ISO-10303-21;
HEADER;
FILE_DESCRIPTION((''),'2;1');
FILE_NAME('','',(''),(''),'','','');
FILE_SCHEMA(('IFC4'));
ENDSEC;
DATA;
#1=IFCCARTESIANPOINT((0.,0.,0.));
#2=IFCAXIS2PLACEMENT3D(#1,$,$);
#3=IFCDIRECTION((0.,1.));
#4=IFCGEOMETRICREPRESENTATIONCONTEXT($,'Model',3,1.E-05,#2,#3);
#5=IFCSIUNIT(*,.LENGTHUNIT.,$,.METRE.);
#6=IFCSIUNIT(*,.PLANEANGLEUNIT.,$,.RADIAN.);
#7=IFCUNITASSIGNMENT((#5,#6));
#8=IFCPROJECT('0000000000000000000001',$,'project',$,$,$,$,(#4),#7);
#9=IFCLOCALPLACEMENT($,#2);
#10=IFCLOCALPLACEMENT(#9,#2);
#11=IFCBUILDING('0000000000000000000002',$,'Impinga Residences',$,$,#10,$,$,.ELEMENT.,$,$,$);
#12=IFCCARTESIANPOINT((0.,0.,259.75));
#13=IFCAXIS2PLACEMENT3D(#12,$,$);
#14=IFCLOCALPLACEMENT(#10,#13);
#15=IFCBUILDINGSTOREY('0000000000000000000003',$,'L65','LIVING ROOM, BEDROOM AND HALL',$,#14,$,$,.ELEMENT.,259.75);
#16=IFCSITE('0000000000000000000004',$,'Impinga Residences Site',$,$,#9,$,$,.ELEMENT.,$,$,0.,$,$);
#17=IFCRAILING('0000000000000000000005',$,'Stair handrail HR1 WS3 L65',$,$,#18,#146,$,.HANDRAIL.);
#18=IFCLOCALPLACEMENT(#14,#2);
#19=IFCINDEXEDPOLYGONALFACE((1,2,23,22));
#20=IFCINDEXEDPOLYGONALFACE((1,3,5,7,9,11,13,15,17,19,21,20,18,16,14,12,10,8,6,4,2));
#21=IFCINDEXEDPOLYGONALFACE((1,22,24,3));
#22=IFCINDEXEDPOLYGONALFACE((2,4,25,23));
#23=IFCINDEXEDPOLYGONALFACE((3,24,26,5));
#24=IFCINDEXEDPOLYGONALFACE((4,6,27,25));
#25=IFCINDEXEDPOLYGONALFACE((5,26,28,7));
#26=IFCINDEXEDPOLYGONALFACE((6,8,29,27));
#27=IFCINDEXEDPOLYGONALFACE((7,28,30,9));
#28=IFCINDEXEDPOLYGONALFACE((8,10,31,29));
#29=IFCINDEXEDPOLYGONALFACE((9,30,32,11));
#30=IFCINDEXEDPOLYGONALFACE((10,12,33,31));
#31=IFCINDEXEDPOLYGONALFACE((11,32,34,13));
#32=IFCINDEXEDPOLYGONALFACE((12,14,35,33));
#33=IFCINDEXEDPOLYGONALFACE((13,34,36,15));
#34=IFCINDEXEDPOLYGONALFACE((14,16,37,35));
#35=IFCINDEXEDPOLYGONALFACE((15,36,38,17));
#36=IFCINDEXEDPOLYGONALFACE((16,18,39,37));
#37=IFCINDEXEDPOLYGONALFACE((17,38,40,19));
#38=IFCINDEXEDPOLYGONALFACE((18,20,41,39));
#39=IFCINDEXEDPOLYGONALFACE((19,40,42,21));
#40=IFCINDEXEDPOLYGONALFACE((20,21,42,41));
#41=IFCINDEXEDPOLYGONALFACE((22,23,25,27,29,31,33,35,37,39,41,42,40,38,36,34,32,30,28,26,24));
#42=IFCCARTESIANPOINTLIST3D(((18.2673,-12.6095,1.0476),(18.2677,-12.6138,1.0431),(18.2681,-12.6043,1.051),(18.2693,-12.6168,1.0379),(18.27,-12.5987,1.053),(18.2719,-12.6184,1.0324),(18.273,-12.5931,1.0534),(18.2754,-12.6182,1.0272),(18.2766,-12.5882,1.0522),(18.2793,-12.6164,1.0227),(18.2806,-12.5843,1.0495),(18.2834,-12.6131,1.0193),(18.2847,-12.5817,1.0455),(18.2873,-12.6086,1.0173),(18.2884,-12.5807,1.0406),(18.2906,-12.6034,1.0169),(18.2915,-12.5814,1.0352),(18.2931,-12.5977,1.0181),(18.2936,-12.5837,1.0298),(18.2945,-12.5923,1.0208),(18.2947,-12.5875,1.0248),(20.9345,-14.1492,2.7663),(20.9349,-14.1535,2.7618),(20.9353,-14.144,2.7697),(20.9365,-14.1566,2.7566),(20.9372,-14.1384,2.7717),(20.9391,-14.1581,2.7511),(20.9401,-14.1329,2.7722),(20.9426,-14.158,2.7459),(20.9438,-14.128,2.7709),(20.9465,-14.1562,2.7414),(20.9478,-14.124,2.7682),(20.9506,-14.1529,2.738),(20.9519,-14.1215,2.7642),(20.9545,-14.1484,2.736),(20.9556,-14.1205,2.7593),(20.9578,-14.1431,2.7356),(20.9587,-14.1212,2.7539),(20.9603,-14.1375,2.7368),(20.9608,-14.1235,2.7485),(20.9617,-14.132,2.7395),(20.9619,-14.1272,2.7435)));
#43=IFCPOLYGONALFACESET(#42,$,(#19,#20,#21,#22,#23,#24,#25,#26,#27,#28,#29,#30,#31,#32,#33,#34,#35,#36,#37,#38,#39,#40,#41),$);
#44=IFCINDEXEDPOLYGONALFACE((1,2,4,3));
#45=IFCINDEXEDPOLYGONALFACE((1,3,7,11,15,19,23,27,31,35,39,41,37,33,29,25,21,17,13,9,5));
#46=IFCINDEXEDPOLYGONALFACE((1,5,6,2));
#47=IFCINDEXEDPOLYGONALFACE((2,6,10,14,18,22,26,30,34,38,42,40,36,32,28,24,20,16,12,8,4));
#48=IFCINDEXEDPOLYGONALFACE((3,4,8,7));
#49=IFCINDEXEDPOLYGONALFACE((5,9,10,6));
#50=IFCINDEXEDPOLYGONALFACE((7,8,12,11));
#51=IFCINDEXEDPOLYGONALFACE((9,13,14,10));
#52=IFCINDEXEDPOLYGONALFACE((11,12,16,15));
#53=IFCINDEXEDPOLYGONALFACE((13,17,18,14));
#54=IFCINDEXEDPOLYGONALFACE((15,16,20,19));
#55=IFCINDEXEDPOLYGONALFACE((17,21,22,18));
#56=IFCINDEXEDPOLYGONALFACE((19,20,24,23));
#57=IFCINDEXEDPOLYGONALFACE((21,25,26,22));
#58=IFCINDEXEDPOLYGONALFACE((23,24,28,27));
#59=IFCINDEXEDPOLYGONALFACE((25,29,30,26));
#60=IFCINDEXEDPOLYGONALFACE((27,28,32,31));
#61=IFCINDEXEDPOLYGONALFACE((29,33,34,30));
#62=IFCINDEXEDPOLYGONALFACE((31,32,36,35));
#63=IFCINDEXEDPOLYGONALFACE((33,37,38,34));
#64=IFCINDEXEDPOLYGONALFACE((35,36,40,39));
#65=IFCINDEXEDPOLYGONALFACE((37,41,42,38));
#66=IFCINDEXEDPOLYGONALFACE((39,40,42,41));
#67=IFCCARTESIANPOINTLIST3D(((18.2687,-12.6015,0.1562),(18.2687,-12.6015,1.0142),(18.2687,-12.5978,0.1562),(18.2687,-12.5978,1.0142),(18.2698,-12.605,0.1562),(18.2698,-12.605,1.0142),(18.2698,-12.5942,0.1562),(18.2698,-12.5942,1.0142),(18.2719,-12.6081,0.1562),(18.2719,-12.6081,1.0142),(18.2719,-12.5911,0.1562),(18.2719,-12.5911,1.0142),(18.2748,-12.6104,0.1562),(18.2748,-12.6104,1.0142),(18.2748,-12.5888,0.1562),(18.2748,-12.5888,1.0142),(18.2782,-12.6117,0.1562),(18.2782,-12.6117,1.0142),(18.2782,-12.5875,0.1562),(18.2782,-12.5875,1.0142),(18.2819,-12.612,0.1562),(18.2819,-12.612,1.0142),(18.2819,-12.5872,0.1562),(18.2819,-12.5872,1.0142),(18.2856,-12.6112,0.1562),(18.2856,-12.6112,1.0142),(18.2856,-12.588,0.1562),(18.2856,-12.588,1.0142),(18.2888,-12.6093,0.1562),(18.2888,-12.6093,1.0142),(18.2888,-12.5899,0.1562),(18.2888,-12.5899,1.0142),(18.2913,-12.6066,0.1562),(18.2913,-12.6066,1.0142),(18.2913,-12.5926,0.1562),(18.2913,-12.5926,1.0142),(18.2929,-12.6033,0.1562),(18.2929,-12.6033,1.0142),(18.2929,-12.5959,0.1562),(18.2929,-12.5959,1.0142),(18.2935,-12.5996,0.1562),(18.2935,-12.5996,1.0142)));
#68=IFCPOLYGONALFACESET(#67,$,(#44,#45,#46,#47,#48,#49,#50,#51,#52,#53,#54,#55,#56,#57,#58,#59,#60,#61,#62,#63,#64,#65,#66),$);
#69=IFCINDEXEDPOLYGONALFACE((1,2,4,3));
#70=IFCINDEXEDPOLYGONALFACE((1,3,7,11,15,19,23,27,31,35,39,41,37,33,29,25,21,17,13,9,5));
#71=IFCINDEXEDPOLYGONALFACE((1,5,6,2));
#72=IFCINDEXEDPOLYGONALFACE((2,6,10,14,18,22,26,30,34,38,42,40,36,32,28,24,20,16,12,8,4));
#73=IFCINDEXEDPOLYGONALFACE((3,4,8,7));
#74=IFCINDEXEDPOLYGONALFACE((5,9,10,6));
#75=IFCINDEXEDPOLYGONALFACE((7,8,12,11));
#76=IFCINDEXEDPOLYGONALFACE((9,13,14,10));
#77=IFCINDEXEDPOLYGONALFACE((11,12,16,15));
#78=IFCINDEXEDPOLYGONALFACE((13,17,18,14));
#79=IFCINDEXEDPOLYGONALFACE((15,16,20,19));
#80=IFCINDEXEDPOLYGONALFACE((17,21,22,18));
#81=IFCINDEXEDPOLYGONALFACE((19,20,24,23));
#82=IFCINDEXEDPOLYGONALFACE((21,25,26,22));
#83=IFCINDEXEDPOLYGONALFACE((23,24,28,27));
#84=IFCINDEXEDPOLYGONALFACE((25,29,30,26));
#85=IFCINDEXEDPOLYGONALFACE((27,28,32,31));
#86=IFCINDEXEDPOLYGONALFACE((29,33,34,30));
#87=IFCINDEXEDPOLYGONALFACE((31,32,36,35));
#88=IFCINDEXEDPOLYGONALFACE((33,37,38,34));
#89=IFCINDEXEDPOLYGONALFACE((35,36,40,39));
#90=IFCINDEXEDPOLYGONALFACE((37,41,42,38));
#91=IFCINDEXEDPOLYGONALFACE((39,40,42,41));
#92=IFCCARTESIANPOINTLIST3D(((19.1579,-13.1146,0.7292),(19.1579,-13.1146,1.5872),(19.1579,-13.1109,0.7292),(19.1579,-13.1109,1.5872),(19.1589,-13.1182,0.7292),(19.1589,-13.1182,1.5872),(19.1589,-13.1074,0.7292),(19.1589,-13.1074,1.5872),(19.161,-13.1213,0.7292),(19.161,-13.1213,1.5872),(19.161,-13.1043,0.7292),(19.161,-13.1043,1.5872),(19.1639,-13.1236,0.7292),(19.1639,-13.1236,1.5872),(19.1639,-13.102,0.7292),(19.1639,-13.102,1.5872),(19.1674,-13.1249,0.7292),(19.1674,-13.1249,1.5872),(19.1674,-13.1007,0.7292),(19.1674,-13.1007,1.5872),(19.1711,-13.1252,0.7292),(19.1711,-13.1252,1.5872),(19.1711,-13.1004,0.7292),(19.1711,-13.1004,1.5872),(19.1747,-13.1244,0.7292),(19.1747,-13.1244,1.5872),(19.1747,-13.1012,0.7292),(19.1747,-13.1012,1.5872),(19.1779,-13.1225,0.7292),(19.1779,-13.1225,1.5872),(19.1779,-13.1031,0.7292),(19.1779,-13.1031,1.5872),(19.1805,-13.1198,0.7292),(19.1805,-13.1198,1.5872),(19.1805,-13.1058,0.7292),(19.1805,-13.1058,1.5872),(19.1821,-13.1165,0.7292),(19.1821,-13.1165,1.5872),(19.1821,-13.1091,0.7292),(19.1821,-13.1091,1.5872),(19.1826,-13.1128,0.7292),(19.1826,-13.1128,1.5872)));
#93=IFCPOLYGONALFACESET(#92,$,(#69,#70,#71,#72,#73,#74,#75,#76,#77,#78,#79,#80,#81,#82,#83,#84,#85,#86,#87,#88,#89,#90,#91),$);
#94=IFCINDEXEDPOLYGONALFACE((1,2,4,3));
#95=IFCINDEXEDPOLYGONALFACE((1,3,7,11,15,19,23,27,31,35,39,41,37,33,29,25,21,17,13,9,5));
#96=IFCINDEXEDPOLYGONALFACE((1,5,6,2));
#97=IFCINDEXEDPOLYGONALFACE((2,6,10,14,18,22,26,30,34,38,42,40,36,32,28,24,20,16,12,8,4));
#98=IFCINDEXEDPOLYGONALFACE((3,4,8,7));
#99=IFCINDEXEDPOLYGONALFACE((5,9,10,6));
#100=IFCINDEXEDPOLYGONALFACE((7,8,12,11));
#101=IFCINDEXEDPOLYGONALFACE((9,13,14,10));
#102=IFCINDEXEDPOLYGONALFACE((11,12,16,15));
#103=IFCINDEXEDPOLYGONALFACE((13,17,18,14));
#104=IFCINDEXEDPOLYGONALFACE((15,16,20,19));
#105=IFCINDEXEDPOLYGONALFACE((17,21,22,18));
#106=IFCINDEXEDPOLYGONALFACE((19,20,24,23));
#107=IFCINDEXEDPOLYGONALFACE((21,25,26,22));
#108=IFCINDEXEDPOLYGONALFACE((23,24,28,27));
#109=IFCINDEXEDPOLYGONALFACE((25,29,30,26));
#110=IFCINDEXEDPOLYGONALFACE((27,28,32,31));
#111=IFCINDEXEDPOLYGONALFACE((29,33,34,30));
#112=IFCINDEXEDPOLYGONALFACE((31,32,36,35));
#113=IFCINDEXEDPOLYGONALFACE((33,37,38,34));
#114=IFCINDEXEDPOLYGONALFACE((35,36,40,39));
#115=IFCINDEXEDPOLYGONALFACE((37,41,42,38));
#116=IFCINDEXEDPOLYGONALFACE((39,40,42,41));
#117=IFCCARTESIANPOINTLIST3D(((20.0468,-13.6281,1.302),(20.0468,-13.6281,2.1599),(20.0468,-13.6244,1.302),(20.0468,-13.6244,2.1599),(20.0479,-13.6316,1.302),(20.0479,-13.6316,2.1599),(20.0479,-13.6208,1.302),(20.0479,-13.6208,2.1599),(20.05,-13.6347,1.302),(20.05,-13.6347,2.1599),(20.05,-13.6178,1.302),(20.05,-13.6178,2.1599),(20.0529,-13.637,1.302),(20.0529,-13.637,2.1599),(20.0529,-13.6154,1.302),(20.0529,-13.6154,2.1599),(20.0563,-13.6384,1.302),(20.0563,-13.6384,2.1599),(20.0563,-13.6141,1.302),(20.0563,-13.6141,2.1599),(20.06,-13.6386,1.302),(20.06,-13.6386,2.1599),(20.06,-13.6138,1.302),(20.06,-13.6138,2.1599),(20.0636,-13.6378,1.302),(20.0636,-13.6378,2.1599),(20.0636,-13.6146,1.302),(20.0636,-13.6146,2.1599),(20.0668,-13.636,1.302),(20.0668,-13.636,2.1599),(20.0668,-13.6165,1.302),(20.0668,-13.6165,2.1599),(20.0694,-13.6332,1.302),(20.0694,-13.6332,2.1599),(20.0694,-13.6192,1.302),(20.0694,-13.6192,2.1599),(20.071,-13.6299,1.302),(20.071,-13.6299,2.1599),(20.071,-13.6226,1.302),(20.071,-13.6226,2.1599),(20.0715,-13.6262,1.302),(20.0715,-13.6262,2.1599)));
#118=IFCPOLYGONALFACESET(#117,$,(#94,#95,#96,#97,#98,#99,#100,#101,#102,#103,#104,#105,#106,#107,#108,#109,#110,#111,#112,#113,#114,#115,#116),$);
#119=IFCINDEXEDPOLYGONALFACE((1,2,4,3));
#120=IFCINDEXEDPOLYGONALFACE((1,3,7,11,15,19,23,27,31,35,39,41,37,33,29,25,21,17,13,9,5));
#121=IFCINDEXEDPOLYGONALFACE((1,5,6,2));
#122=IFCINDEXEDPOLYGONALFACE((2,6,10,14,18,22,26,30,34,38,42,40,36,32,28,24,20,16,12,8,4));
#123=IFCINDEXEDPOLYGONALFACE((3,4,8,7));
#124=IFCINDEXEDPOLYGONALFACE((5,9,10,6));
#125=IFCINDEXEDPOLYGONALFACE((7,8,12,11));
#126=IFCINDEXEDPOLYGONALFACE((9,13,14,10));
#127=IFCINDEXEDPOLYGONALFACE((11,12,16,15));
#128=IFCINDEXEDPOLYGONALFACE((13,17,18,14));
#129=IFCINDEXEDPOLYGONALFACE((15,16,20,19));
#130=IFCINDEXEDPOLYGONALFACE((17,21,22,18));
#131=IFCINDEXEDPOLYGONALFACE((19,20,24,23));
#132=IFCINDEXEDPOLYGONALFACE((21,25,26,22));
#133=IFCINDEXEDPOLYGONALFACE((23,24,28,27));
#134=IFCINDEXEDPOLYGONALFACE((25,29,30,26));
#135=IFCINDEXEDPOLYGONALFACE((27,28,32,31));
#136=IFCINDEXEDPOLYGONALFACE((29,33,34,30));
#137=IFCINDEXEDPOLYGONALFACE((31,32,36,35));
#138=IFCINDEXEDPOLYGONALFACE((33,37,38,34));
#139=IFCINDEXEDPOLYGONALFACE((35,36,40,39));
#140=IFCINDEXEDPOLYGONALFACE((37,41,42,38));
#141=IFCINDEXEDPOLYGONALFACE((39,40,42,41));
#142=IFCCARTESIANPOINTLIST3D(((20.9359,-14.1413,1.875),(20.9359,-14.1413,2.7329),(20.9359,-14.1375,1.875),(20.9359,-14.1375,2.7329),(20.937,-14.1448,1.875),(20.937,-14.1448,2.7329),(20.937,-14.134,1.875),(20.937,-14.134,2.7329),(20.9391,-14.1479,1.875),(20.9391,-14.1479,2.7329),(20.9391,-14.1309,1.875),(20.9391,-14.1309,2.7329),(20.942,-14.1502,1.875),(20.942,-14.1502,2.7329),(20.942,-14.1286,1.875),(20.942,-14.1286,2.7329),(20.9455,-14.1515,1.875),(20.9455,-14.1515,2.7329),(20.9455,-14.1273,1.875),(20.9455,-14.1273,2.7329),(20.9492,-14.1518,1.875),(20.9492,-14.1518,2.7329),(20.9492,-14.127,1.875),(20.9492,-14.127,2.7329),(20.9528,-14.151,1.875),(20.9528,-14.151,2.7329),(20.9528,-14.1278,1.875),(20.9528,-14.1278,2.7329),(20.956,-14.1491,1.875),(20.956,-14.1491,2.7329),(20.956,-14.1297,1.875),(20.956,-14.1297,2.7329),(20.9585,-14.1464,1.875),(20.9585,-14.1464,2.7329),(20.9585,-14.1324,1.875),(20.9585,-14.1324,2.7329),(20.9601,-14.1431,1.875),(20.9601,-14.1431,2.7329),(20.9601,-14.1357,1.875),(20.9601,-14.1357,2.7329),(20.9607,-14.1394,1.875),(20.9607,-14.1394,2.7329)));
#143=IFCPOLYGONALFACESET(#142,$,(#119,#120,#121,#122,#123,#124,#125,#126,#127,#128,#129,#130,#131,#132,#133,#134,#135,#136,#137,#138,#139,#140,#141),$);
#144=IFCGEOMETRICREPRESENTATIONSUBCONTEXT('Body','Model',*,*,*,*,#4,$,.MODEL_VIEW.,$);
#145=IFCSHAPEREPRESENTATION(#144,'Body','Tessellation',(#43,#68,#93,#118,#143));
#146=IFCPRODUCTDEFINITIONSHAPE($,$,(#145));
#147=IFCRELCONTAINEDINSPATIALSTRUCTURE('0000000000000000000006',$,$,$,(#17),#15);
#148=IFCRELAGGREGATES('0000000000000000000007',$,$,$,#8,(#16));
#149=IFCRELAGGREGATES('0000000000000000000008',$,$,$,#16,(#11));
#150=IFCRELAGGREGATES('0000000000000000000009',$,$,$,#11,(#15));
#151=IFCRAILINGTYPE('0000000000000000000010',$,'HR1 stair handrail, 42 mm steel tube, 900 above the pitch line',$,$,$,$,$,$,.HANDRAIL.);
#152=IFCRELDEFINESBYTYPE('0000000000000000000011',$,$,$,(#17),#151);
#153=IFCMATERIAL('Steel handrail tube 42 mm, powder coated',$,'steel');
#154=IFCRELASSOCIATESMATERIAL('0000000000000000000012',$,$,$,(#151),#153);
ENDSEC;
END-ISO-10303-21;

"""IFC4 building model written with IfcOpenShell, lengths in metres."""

from ifc_helpers import new_model, si_unit, direction, frame, origin, origin_2d, place, context, subcontext, project, spatial, circle, extrude, material, type_object, element, save


model = new_model("IFC4")

# Units and contexts
model_context = context("Model", 3, precision=1e-05, world=origin(), true_north=direction((0.0, 1.0)))
body_context = subcontext(model_context, "Body", "Model", "MODEL_VIEW")
ifc_project = project(units=[si_unit("LENGTHUNIT", "METRE"), si_unit("PLANEANGLEUNIT", "RADIAN")], contexts=[model_context])

# Site, building, storey
site_placement = place(None, origin())
site = spatial("IfcSite", under=ifc_project, at=site_placement, Name="Impinga Residences Site", CompositionType="ELEMENT", RefElevation=0.0)
building_placement = place(site_placement, origin())
building = spatial("IfcBuilding", under=site, at=building_placement, Name="Impinga Residences", CompositionType="ELEMENT")
storey_placement = place(building_placement, frame((0.0, 0.0, 259.75)))
storey = spatial("IfcBuildingStorey", under=building, at=storey_placement, Name="L65", Description="LIVING ROOM, BEDROOM AND HALL", CompositionType="ELEMENT", Elevation=259.75)

# Railing
ifc_material_1 = material(Name="Steel handrail tube 42 mm, powder coated", Category="steel")
railing_type = type_object("IfcRailingType", Name="HR1 stair handrail, 42 mm steel tube, 900 above the pitch line", PredefinedType="HANDRAIL", material=ifc_material_1)
railing_placement = place(storey_placement, frame((18.281, -12.5996, 0.1562)))
element("IfcRailing", 1, at=railing_placement, inside=storey, type_object=railing_type, Name="Stair handrail HR1 WS3 L65", PredefinedType="HANDRAIL", context=body_context, shape_type="SweptSolid", body=[
    extrude(circle(Radius=0.021, at=origin_2d()), frame((0.0, 0.0, 0.8789), z_axis=(0.756249, -0.436582, 0.487322), x_axis=(0.499967, 0.866044, 0.0)), (0.0, 0.0, 1.0), 3.5269),
    extrude(circle(Radius=0.0125, at=origin_2d()), origin(), (0.0, 0.0, 1.0), 0.8579),
    extrude(circle(Radius=0.0125, at=origin_2d()), frame((0.8892, -0.5132, 0.573)), (0.0, 0.0, 1.0), 0.8579),
    extrude(circle(Radius=0.0125, at=origin_2d()), frame((1.7781, -1.0266, 1.1458)), (0.0, 0.0, 1.0), 0.8579),
    extrude(circle(Radius=0.0125, at=origin_2d()), frame((2.6672, -1.5398, 1.7188)), (0.0, 0.0, 1.0), 0.8579),
])

save(model, "model.ifc")
